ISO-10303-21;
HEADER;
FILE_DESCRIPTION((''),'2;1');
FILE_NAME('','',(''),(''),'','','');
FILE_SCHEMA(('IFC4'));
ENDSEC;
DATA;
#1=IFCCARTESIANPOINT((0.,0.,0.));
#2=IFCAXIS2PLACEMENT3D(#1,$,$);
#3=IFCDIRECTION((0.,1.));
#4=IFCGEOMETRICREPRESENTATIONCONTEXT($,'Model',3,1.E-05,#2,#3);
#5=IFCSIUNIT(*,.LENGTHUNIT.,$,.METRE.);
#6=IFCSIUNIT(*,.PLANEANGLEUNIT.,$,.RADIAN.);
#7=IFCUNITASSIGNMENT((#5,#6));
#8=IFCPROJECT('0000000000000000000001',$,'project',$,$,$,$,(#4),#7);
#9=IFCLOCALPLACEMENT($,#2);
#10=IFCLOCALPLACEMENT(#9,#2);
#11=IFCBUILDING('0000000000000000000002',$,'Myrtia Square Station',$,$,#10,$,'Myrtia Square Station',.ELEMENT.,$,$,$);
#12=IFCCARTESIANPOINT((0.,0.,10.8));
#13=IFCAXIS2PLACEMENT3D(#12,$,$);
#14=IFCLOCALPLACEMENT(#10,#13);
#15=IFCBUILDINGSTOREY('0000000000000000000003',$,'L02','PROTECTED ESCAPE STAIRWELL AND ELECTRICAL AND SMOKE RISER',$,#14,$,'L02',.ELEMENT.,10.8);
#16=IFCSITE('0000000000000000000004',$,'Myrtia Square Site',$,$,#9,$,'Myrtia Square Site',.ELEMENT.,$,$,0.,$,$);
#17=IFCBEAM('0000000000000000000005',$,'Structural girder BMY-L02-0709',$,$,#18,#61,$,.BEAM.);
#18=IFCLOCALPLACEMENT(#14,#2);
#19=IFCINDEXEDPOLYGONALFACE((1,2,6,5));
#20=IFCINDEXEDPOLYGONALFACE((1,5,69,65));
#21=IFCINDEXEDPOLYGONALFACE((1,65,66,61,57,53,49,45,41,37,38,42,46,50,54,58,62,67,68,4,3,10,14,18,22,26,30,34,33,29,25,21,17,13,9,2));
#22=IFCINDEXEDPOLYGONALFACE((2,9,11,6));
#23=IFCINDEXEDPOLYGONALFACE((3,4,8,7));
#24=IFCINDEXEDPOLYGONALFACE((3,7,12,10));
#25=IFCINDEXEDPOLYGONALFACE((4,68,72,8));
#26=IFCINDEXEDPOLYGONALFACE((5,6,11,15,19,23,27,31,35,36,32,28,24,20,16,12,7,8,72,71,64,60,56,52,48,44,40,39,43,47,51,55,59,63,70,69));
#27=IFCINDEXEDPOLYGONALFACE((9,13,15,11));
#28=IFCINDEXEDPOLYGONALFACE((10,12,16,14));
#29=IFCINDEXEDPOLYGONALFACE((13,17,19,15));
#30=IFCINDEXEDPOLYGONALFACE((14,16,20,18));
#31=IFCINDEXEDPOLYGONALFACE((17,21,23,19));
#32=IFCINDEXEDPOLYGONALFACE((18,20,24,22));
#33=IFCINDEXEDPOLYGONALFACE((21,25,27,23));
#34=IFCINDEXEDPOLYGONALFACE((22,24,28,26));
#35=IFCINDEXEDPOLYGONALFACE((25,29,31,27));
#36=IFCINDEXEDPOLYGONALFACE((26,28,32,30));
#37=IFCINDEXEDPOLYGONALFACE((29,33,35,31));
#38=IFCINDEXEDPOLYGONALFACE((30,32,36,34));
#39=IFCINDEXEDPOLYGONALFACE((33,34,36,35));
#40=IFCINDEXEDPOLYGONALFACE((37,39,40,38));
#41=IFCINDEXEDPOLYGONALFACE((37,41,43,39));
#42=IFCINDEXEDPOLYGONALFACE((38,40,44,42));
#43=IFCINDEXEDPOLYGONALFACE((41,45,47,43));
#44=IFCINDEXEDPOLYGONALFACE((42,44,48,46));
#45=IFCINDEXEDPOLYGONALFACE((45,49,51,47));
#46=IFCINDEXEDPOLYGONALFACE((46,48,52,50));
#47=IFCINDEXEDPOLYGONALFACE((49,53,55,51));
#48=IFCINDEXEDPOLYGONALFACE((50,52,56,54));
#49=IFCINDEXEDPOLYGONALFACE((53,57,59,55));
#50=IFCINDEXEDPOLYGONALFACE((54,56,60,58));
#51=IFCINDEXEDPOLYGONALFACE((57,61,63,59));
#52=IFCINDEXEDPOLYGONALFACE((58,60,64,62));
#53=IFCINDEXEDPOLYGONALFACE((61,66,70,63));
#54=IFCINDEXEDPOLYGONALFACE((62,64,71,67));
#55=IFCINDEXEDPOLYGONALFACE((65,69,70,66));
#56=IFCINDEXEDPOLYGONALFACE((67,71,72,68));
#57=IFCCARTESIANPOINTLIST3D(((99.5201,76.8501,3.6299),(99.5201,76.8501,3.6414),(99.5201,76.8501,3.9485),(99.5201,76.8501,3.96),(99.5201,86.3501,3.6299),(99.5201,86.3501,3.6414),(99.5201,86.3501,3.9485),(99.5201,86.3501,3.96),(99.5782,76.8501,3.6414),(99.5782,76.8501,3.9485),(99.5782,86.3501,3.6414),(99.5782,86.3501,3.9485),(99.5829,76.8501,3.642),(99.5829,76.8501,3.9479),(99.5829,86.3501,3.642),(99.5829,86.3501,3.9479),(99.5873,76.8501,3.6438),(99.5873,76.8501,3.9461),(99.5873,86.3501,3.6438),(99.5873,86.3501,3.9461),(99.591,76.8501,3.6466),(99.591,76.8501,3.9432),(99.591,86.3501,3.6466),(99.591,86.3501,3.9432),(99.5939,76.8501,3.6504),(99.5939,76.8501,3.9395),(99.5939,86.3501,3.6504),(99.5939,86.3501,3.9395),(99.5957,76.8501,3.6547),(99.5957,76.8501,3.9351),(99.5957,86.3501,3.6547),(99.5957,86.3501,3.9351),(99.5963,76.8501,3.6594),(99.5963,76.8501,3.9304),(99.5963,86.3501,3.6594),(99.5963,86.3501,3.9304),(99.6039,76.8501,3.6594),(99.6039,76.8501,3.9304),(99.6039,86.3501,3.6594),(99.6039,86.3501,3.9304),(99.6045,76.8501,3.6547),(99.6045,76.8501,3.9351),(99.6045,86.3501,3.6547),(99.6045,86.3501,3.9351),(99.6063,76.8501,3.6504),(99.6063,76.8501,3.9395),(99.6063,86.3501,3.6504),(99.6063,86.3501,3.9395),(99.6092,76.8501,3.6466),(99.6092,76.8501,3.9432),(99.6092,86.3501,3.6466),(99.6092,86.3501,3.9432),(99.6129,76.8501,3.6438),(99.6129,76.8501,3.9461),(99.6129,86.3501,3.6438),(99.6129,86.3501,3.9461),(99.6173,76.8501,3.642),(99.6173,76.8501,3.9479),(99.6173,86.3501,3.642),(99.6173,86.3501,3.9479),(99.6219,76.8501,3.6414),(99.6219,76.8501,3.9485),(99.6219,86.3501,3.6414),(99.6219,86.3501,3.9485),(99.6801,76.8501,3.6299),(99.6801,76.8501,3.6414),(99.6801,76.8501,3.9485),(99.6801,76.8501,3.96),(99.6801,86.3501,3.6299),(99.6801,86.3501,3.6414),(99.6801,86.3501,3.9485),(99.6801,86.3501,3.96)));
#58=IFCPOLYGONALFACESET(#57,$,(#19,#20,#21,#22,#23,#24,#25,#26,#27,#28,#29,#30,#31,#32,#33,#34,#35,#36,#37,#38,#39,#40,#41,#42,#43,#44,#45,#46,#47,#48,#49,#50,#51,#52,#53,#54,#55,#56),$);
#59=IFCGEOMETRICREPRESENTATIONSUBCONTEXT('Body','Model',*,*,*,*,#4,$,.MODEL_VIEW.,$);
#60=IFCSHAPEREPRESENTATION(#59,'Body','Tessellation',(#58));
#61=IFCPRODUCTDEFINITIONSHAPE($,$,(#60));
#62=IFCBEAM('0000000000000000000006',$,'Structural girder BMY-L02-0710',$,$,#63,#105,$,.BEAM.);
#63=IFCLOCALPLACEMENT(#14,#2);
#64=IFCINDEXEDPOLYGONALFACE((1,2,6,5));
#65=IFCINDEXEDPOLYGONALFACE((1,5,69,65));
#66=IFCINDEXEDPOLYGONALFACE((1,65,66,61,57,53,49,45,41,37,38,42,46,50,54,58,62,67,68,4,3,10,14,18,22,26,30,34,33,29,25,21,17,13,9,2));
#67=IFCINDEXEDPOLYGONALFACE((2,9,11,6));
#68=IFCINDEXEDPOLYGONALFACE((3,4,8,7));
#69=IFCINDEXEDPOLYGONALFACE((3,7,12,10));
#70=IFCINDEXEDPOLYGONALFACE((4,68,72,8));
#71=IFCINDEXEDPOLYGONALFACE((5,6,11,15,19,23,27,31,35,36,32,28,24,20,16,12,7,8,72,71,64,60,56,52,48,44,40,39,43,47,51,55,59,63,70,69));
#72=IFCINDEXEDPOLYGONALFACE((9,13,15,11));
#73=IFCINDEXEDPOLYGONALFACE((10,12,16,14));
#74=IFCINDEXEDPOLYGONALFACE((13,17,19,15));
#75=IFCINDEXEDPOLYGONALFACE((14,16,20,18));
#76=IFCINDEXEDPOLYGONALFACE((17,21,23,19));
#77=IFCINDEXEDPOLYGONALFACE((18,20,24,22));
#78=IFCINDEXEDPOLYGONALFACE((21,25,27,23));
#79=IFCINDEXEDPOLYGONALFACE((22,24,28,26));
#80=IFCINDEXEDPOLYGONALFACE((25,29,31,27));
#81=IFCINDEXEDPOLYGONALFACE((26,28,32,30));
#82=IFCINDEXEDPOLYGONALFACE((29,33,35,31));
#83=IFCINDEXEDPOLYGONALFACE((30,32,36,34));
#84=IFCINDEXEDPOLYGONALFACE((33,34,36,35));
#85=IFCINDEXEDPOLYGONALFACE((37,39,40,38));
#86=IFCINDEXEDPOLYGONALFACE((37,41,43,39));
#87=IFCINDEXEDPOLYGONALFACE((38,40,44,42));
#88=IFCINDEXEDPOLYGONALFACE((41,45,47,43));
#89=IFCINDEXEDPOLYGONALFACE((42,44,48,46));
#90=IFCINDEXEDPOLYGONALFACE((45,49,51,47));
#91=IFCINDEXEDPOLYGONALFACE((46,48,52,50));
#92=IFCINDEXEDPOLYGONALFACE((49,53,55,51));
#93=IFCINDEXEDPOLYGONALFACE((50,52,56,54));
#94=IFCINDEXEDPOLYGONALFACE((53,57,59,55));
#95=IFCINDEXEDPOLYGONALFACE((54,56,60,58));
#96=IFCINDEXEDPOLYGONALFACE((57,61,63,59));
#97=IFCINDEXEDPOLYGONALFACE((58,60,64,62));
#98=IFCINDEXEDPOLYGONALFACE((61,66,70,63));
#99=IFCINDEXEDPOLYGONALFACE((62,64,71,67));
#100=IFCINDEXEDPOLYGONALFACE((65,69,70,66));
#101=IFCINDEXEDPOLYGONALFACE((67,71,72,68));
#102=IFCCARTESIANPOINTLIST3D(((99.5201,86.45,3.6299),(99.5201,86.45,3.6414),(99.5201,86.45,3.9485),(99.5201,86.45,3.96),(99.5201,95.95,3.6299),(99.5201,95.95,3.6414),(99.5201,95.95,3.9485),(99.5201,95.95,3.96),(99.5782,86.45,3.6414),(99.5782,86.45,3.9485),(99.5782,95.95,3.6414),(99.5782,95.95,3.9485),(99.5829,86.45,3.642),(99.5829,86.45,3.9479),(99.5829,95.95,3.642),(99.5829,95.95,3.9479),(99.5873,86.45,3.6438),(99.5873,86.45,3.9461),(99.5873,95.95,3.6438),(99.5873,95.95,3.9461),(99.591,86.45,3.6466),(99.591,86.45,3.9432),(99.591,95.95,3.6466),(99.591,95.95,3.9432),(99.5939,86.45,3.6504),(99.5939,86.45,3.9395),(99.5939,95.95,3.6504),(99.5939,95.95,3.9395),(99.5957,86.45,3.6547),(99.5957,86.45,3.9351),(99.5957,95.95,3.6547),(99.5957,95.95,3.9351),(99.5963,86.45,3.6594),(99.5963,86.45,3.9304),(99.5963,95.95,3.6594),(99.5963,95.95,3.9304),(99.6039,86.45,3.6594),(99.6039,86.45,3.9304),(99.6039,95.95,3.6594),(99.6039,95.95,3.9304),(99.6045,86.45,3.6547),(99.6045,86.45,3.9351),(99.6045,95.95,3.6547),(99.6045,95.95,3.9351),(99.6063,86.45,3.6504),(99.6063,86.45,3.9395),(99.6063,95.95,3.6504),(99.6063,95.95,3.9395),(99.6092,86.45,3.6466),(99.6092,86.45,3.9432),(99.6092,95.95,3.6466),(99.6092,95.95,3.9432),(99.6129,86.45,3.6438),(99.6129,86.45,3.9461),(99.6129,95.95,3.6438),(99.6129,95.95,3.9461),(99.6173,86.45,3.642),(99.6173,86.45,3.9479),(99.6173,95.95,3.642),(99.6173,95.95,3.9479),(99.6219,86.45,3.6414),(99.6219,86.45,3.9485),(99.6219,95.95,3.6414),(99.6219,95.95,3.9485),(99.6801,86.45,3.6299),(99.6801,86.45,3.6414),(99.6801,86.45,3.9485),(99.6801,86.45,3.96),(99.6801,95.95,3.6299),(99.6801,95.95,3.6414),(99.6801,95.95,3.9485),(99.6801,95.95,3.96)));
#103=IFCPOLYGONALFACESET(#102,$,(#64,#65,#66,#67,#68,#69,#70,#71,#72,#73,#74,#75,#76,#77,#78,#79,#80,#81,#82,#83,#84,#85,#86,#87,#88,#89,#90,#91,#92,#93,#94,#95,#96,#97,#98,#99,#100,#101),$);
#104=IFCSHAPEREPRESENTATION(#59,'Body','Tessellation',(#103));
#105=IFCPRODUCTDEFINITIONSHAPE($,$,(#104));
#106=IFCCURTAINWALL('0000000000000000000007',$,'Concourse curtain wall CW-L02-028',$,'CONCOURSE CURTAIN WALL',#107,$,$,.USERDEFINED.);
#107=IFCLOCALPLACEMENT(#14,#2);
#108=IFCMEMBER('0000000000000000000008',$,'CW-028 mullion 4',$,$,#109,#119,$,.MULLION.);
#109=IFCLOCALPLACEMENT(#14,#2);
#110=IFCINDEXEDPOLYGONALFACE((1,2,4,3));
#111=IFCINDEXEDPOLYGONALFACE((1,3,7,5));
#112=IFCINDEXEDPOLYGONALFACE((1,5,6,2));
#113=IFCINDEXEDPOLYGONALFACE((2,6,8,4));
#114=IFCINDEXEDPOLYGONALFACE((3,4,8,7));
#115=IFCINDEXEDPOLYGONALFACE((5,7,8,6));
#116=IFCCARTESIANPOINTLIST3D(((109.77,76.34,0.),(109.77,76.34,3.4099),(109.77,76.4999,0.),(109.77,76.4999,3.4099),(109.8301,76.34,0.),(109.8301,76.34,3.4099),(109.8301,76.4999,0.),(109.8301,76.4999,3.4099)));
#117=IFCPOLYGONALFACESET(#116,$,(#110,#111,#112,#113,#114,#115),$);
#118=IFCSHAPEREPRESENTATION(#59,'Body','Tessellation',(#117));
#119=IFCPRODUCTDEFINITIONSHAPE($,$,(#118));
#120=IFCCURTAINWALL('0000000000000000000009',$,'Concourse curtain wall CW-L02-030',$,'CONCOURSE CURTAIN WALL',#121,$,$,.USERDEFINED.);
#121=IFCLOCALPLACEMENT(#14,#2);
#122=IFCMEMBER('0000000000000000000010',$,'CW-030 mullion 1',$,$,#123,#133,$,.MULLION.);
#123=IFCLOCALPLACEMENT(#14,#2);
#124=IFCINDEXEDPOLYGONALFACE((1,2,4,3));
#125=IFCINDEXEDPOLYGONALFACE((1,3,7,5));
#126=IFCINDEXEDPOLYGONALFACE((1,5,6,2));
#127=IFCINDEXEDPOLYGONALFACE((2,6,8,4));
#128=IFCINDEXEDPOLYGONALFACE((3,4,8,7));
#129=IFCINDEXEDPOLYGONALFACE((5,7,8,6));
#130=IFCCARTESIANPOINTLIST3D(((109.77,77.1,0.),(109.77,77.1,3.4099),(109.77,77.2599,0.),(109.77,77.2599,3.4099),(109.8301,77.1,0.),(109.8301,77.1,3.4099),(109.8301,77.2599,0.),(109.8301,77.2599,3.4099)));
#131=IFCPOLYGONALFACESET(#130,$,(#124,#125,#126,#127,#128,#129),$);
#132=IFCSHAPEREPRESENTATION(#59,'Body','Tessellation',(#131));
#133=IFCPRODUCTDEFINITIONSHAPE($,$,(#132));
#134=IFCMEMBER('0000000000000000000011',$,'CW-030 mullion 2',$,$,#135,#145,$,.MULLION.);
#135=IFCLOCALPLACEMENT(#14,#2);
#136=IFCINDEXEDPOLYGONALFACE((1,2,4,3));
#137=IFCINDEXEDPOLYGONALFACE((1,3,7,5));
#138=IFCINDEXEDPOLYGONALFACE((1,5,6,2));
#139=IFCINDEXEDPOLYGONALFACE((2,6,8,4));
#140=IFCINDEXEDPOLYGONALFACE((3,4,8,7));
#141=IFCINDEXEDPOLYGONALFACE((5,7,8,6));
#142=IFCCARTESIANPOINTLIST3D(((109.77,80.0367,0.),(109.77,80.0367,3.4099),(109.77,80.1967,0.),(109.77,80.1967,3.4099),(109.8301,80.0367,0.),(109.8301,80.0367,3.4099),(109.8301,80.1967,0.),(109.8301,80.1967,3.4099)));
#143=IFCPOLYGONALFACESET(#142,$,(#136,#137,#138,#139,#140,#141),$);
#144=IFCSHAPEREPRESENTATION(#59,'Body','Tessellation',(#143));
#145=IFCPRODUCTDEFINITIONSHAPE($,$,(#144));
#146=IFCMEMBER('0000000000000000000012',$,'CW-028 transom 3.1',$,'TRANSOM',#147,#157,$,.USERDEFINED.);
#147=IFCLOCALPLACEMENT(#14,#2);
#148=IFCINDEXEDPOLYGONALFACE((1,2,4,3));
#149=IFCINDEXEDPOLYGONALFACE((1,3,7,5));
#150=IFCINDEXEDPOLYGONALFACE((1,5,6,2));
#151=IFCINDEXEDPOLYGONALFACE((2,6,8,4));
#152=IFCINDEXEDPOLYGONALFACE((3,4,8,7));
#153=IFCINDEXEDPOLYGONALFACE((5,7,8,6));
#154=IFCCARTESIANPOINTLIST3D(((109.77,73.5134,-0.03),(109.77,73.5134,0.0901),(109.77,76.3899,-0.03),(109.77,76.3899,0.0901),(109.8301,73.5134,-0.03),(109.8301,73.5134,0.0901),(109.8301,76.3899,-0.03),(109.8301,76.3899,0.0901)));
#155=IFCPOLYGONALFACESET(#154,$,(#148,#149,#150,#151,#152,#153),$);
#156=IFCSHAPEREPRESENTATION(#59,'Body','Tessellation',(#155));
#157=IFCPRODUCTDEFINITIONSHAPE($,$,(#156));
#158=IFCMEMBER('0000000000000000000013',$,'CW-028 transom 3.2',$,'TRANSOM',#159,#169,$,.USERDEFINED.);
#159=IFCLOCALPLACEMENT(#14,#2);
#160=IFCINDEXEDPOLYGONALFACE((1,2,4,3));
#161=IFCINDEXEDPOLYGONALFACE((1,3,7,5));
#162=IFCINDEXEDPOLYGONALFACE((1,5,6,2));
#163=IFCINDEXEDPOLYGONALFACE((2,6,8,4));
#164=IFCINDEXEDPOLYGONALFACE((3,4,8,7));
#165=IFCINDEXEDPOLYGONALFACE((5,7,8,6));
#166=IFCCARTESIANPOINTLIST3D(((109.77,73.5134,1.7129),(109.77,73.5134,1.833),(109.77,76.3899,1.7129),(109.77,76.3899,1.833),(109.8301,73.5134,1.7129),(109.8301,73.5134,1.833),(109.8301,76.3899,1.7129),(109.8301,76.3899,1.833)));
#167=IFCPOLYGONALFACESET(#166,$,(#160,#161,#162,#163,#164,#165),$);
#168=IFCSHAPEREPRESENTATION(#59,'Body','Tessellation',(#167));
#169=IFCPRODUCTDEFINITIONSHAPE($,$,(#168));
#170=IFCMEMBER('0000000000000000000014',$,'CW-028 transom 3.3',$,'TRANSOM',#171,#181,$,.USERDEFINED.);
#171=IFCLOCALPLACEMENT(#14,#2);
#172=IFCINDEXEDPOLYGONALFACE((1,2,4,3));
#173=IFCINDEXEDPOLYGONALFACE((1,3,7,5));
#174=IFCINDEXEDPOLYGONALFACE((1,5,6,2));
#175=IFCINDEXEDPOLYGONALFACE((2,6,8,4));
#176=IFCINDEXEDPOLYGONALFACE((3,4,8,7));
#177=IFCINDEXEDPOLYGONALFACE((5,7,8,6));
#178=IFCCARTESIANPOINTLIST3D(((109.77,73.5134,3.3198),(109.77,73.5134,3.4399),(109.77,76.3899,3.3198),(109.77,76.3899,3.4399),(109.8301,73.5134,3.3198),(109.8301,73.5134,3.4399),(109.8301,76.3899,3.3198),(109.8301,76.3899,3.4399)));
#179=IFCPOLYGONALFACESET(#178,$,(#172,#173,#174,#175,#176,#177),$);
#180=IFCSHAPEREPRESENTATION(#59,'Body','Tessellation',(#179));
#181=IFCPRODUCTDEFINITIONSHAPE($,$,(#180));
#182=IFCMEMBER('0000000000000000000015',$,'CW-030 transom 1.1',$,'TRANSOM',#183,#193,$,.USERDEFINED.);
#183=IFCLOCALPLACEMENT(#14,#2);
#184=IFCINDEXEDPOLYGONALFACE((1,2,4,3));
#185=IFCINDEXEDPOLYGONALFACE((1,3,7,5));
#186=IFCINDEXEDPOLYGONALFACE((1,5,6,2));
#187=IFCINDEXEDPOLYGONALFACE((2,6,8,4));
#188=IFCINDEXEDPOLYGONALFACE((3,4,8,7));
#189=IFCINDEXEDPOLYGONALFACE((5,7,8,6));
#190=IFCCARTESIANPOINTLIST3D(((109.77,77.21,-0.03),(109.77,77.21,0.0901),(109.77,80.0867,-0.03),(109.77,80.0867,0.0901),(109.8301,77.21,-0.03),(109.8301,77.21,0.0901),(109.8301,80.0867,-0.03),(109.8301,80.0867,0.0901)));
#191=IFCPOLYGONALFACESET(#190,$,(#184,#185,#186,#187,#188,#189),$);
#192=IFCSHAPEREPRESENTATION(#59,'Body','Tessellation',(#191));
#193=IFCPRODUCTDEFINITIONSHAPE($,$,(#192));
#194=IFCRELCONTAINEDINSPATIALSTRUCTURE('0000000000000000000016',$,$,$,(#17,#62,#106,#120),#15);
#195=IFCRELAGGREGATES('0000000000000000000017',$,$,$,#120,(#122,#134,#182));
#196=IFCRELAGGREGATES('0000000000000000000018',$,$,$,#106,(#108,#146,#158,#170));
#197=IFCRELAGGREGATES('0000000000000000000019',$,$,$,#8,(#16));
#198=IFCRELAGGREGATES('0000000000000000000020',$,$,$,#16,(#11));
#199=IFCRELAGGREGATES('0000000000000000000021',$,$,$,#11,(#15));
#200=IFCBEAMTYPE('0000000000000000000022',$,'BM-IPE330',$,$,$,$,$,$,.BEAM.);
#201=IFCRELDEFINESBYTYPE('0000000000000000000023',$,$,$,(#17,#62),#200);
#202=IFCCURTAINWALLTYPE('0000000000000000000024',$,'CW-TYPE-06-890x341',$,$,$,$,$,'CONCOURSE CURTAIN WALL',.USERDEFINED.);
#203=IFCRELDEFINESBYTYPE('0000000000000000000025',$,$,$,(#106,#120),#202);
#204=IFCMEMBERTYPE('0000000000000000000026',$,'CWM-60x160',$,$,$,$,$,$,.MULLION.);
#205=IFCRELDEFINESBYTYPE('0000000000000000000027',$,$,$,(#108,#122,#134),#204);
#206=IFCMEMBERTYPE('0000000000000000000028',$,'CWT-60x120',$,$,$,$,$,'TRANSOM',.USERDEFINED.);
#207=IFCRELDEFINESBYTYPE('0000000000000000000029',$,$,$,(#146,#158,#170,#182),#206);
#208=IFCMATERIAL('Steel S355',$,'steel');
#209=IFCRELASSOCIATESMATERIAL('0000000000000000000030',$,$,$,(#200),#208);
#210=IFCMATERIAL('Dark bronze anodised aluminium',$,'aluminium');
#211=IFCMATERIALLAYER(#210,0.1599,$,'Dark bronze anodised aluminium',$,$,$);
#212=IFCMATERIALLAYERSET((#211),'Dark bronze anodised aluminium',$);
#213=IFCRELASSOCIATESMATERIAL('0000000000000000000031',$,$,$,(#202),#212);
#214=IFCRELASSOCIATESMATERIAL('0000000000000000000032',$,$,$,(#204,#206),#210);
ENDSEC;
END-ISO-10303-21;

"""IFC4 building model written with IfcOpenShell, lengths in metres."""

from ifc_helpers import new_model, si_unit, direction, frame, origin, origin_2d, place, context, subcontext, project, spatial, rectangle, i_section, extrude, material, layer, layer_set, material_profile, profile_set, type_object, element, aggregate, save


model = new_model("IFC4")

# Units and contexts
model_context = context("Model", 3, precision=1e-05, world=origin(), true_north=direction((0.0, 1.0)))
body_context = subcontext(model_context, "Body", "Model", "MODEL_VIEW")
ifc_project = project(units=[si_unit("LENGTHUNIT", "METRE"), si_unit("PLANEANGLEUNIT", "RADIAN")], contexts=[model_context])

# Site, building, storey
site_placement = place(None, origin())
site = spatial("IfcSite", under=ifc_project, at=site_placement, Name="Myrtia Square Site", LongName="Myrtia Square Site", CompositionType="ELEMENT", RefElevation=0.0)
building_placement = place(site_placement, origin())
building = spatial("IfcBuilding", under=site, at=building_placement, Name="Myrtia Square Station", LongName="Myrtia Square Station", CompositionType="ELEMENT")
storey_placement = place(building_placement, frame((0.0, 0.0, 10.8)))
storey = spatial("IfcBuildingStorey", under=building, at=storey_placement, Name="L02", Description="PROTECTED ESCAPE STAIRWELL AND ELECTRICAL AND SMOKE RISER", LongName="L02", CompositionType="ELEMENT", Elevation=10.8)

# Shared definitions
ifc_material_1 = material(Name="Steel S355", Category="steel")

# Beams
ifc_material_profile_1 = material_profile(ifc_material_1, i_section(OverallWidth=0.1599, OverallDepth=0.3301, WebThickness=0.0076, FlangeThickness=0.0115, FilletRadius=0.0181, at=origin_2d()), Name="IPE 330")
ifc_profile_set_1 = profile_set([ifc_material_profile_1], Name="Steel S355")
beam_type_1 = type_object("IfcBeamType", Name="BM-IPE330", PredefinedType="BEAM", material=ifc_profile_set_1)
for number, where, z_axis, x_axis, name in (
    (1, (99.6001, 76.8501, 3.7949), (0.0, 1.0, 0.0), (-1.0, 0.0, 0.0), "Structural girder BMY-L02-0709"),
    (2, (99.6001, 86.45, 3.7949), (0.0, 1.0, 0.0), (-1.0, 0.0, 0.0), "Structural girder BMY-L02-0710"),
):
    element("IfcBeam", number, at=place(storey_placement, frame(where, z_axis=z_axis, x_axis=x_axis)), inside=storey, type_object=beam_type_1, Name=name, PredefinedType="BEAM", context=body_context, shape_type="SweptSolid", body=[
        extrude(i_section(OverallWidth=0.1599, OverallDepth=0.3301, WebThickness=0.0076, FlangeThickness=0.0115, FilletRadius=0.0181, at=origin_2d()), origin(), (0.0, 0.0, 1.0), 9.5),
    ])

# Curtain wall, member
ifc_material_2 = material(Name="Dark bronze anodised aluminium", Category="aluminium")
ifc_layer_1 = layer(ifc_material_2, 0.1599, Name="Dark bronze anodised aluminium")
ifc_layer_set_1 = layer_set([ifc_layer_1], Name="Dark bronze anodised aluminium")
curtain_wall_type = type_object("IfcCurtainWallType", Name="CW-TYPE-06-890x341", ElementType="CONCOURSE CURTAIN WALL", PredefinedType="USERDEFINED", material=ifc_layer_set_1)
curtain_wall_1_placement = place(storey_placement, origin())
curtain_wall_1 = element("IfcCurtainWall", 3, at=curtain_wall_1_placement, inside=storey, type_object=curtain_wall_type, Name="Concourse curtain wall CW-L02-028", ObjectType="CONCOURSE CURTAIN WALL", PredefinedType="USERDEFINED")
ifc_material_profile_2 = material_profile(ifc_material_2, rectangle(XDim=0.0601, YDim=0.1599, at=origin_2d()), Name="ALU-M 60x160")
ifc_profile_set_2 = profile_set([ifc_material_profile_2], Name="Dark bronze anodised aluminium")
member_type_1 = type_object("IfcMemberType", Name="CWM-60x160", PredefinedType="MULLION", material=ifc_profile_set_2)
member_1_placement = place(storey_placement, frame((109.8, 76.4199, 0.0), z_axis=(0.0, 0.0, 1.0), x_axis=(-1.0, 0.0, 0.0)))
member_1 = element("IfcMember", 4, at=member_1_placement, type_object=member_type_1, Name="CW-028 mullion 4", PredefinedType="MULLION", context=body_context, shape_type="SweptSolid", body=[
    extrude(rectangle(XDim=0.0601, YDim=0.1599, at=origin_2d()), origin(), (0.0, 0.0, 1.0), 3.4099),
])

# Curtain wall, members
curtain_wall_2_placement = place(storey_placement, origin())
curtain_wall_2 = element("IfcCurtainWall", 5, at=curtain_wall_2_placement, inside=storey, type_object=curtain_wall_type, Name="Concourse curtain wall CW-L02-030", ObjectType="CONCOURSE CURTAIN WALL", PredefinedType="USERDEFINED")
member_2_placement = place(storey_placement, frame((109.8, 77.1799, 0.0), z_axis=(0.0, 0.0, 1.0), x_axis=(-1.0, 0.0, 0.0)))
member_2 = element("IfcMember", 6, at=member_2_placement, type_object=member_type_1, Name="CW-030 mullion 1", PredefinedType="MULLION", context=body_context, shape_type="SweptSolid", body=[
    extrude(rectangle(XDim=0.0601, YDim=0.1599, at=origin_2d()), origin(), (0.0, 0.0, 1.0), 3.4099),
])
member_3_placement = place(storey_placement, frame((109.8, 80.1167, 0.0), z_axis=(0.0, 0.0, 1.0), x_axis=(-1.0, 0.0, 0.0)))
member_3 = element("IfcMember", 7, at=member_3_placement, type_object=member_type_1, Name="CW-030 mullion 2", PredefinedType="MULLION", context=body_context, shape_type="SweptSolid", body=[
    extrude(rectangle(XDim=0.0601, YDim=0.1599, at=origin_2d()), origin(), (0.0, 0.0, 1.0), 3.4099),
])

# Members
ifc_material_profile_3 = material_profile(ifc_material_2, rectangle(XDim=0.0601, YDim=0.1201, at=origin_2d()), Name="ALU-T 60x120")
ifc_profile_set_3 = profile_set([ifc_material_profile_3], Name="Dark bronze anodised aluminium")
member_type_2 = type_object("IfcMemberType", Name="CWT-60x120", ElementType="TRANSOM", PredefinedType="USERDEFINED", material=ifc_profile_set_3)
member_4_placement = place(storey_placement, frame((109.8, 73.5134, 0.03), z_axis=(0.0, 1.0, 0.0), x_axis=(-1.0, 0.0, 0.0)))
member_4 = element("IfcMember", 8, at=member_4_placement, type_object=member_type_2, Name="CW-028 transom 3.1", ObjectType="TRANSOM", PredefinedType="USERDEFINED", context=body_context, shape_type="SweptSolid", body=[
    extrude(rectangle(XDim=0.0601, YDim=0.1201, at=origin_2d()), origin(), (0.0, 0.0, 1.0), 2.8765),
])
member_5_placement = place(storey_placement, frame((109.8, 73.5134, 1.7729), z_axis=(0.0, 1.0, 0.0), x_axis=(-1.0, 0.0, 0.0)))
member_5 = element("IfcMember", 9, at=member_5_placement, type_object=member_type_2, Name="CW-028 transom 3.2", ObjectType="TRANSOM", PredefinedType="USERDEFINED", context=body_context, shape_type="SweptSolid", body=[
    extrude(rectangle(XDim=0.0601, YDim=0.1201, at=origin_2d()), origin(), (0.0, 0.0, 1.0), 2.8765),
])
member_6_placement = place(storey_placement, frame((109.8, 73.5134, 3.3799), z_axis=(0.0, 1.0, 0.0), x_axis=(-1.0, 0.0, 0.0)))
member_6 = element("IfcMember", 10, at=member_6_placement, type_object=member_type_2, Name="CW-028 transom 3.3", ObjectType="TRANSOM", PredefinedType="USERDEFINED", context=body_context, shape_type="SweptSolid", body=[
    extrude(rectangle(XDim=0.0601, YDim=0.1201, at=origin_2d()), origin(), (0.0, 0.0, 1.0), 2.8765),
])
member_7_placement = place(storey_placement, frame((109.8, 77.21, 0.03), z_axis=(0.0, 1.0, 0.0), x_axis=(-1.0, 0.0, 0.0)))
member_7 = element("IfcMember", 11, at=member_7_placement, type_object=member_type_2, Name="CW-030 transom 1.1", ObjectType="TRANSOM", PredefinedType="USERDEFINED", context=body_context, shape_type="SweptSolid", body=[
    extrude(rectangle(XDim=0.0601, YDim=0.1201, at=origin_2d()), origin(), (0.0, 0.0, 1.0), 2.8767),
])

aggregate(curtain_wall_2, [member_2, member_3, member_7])
aggregate(curtain_wall_1, [member_1, member_4, member_5, member_6])

save(model, "model.ifc")
